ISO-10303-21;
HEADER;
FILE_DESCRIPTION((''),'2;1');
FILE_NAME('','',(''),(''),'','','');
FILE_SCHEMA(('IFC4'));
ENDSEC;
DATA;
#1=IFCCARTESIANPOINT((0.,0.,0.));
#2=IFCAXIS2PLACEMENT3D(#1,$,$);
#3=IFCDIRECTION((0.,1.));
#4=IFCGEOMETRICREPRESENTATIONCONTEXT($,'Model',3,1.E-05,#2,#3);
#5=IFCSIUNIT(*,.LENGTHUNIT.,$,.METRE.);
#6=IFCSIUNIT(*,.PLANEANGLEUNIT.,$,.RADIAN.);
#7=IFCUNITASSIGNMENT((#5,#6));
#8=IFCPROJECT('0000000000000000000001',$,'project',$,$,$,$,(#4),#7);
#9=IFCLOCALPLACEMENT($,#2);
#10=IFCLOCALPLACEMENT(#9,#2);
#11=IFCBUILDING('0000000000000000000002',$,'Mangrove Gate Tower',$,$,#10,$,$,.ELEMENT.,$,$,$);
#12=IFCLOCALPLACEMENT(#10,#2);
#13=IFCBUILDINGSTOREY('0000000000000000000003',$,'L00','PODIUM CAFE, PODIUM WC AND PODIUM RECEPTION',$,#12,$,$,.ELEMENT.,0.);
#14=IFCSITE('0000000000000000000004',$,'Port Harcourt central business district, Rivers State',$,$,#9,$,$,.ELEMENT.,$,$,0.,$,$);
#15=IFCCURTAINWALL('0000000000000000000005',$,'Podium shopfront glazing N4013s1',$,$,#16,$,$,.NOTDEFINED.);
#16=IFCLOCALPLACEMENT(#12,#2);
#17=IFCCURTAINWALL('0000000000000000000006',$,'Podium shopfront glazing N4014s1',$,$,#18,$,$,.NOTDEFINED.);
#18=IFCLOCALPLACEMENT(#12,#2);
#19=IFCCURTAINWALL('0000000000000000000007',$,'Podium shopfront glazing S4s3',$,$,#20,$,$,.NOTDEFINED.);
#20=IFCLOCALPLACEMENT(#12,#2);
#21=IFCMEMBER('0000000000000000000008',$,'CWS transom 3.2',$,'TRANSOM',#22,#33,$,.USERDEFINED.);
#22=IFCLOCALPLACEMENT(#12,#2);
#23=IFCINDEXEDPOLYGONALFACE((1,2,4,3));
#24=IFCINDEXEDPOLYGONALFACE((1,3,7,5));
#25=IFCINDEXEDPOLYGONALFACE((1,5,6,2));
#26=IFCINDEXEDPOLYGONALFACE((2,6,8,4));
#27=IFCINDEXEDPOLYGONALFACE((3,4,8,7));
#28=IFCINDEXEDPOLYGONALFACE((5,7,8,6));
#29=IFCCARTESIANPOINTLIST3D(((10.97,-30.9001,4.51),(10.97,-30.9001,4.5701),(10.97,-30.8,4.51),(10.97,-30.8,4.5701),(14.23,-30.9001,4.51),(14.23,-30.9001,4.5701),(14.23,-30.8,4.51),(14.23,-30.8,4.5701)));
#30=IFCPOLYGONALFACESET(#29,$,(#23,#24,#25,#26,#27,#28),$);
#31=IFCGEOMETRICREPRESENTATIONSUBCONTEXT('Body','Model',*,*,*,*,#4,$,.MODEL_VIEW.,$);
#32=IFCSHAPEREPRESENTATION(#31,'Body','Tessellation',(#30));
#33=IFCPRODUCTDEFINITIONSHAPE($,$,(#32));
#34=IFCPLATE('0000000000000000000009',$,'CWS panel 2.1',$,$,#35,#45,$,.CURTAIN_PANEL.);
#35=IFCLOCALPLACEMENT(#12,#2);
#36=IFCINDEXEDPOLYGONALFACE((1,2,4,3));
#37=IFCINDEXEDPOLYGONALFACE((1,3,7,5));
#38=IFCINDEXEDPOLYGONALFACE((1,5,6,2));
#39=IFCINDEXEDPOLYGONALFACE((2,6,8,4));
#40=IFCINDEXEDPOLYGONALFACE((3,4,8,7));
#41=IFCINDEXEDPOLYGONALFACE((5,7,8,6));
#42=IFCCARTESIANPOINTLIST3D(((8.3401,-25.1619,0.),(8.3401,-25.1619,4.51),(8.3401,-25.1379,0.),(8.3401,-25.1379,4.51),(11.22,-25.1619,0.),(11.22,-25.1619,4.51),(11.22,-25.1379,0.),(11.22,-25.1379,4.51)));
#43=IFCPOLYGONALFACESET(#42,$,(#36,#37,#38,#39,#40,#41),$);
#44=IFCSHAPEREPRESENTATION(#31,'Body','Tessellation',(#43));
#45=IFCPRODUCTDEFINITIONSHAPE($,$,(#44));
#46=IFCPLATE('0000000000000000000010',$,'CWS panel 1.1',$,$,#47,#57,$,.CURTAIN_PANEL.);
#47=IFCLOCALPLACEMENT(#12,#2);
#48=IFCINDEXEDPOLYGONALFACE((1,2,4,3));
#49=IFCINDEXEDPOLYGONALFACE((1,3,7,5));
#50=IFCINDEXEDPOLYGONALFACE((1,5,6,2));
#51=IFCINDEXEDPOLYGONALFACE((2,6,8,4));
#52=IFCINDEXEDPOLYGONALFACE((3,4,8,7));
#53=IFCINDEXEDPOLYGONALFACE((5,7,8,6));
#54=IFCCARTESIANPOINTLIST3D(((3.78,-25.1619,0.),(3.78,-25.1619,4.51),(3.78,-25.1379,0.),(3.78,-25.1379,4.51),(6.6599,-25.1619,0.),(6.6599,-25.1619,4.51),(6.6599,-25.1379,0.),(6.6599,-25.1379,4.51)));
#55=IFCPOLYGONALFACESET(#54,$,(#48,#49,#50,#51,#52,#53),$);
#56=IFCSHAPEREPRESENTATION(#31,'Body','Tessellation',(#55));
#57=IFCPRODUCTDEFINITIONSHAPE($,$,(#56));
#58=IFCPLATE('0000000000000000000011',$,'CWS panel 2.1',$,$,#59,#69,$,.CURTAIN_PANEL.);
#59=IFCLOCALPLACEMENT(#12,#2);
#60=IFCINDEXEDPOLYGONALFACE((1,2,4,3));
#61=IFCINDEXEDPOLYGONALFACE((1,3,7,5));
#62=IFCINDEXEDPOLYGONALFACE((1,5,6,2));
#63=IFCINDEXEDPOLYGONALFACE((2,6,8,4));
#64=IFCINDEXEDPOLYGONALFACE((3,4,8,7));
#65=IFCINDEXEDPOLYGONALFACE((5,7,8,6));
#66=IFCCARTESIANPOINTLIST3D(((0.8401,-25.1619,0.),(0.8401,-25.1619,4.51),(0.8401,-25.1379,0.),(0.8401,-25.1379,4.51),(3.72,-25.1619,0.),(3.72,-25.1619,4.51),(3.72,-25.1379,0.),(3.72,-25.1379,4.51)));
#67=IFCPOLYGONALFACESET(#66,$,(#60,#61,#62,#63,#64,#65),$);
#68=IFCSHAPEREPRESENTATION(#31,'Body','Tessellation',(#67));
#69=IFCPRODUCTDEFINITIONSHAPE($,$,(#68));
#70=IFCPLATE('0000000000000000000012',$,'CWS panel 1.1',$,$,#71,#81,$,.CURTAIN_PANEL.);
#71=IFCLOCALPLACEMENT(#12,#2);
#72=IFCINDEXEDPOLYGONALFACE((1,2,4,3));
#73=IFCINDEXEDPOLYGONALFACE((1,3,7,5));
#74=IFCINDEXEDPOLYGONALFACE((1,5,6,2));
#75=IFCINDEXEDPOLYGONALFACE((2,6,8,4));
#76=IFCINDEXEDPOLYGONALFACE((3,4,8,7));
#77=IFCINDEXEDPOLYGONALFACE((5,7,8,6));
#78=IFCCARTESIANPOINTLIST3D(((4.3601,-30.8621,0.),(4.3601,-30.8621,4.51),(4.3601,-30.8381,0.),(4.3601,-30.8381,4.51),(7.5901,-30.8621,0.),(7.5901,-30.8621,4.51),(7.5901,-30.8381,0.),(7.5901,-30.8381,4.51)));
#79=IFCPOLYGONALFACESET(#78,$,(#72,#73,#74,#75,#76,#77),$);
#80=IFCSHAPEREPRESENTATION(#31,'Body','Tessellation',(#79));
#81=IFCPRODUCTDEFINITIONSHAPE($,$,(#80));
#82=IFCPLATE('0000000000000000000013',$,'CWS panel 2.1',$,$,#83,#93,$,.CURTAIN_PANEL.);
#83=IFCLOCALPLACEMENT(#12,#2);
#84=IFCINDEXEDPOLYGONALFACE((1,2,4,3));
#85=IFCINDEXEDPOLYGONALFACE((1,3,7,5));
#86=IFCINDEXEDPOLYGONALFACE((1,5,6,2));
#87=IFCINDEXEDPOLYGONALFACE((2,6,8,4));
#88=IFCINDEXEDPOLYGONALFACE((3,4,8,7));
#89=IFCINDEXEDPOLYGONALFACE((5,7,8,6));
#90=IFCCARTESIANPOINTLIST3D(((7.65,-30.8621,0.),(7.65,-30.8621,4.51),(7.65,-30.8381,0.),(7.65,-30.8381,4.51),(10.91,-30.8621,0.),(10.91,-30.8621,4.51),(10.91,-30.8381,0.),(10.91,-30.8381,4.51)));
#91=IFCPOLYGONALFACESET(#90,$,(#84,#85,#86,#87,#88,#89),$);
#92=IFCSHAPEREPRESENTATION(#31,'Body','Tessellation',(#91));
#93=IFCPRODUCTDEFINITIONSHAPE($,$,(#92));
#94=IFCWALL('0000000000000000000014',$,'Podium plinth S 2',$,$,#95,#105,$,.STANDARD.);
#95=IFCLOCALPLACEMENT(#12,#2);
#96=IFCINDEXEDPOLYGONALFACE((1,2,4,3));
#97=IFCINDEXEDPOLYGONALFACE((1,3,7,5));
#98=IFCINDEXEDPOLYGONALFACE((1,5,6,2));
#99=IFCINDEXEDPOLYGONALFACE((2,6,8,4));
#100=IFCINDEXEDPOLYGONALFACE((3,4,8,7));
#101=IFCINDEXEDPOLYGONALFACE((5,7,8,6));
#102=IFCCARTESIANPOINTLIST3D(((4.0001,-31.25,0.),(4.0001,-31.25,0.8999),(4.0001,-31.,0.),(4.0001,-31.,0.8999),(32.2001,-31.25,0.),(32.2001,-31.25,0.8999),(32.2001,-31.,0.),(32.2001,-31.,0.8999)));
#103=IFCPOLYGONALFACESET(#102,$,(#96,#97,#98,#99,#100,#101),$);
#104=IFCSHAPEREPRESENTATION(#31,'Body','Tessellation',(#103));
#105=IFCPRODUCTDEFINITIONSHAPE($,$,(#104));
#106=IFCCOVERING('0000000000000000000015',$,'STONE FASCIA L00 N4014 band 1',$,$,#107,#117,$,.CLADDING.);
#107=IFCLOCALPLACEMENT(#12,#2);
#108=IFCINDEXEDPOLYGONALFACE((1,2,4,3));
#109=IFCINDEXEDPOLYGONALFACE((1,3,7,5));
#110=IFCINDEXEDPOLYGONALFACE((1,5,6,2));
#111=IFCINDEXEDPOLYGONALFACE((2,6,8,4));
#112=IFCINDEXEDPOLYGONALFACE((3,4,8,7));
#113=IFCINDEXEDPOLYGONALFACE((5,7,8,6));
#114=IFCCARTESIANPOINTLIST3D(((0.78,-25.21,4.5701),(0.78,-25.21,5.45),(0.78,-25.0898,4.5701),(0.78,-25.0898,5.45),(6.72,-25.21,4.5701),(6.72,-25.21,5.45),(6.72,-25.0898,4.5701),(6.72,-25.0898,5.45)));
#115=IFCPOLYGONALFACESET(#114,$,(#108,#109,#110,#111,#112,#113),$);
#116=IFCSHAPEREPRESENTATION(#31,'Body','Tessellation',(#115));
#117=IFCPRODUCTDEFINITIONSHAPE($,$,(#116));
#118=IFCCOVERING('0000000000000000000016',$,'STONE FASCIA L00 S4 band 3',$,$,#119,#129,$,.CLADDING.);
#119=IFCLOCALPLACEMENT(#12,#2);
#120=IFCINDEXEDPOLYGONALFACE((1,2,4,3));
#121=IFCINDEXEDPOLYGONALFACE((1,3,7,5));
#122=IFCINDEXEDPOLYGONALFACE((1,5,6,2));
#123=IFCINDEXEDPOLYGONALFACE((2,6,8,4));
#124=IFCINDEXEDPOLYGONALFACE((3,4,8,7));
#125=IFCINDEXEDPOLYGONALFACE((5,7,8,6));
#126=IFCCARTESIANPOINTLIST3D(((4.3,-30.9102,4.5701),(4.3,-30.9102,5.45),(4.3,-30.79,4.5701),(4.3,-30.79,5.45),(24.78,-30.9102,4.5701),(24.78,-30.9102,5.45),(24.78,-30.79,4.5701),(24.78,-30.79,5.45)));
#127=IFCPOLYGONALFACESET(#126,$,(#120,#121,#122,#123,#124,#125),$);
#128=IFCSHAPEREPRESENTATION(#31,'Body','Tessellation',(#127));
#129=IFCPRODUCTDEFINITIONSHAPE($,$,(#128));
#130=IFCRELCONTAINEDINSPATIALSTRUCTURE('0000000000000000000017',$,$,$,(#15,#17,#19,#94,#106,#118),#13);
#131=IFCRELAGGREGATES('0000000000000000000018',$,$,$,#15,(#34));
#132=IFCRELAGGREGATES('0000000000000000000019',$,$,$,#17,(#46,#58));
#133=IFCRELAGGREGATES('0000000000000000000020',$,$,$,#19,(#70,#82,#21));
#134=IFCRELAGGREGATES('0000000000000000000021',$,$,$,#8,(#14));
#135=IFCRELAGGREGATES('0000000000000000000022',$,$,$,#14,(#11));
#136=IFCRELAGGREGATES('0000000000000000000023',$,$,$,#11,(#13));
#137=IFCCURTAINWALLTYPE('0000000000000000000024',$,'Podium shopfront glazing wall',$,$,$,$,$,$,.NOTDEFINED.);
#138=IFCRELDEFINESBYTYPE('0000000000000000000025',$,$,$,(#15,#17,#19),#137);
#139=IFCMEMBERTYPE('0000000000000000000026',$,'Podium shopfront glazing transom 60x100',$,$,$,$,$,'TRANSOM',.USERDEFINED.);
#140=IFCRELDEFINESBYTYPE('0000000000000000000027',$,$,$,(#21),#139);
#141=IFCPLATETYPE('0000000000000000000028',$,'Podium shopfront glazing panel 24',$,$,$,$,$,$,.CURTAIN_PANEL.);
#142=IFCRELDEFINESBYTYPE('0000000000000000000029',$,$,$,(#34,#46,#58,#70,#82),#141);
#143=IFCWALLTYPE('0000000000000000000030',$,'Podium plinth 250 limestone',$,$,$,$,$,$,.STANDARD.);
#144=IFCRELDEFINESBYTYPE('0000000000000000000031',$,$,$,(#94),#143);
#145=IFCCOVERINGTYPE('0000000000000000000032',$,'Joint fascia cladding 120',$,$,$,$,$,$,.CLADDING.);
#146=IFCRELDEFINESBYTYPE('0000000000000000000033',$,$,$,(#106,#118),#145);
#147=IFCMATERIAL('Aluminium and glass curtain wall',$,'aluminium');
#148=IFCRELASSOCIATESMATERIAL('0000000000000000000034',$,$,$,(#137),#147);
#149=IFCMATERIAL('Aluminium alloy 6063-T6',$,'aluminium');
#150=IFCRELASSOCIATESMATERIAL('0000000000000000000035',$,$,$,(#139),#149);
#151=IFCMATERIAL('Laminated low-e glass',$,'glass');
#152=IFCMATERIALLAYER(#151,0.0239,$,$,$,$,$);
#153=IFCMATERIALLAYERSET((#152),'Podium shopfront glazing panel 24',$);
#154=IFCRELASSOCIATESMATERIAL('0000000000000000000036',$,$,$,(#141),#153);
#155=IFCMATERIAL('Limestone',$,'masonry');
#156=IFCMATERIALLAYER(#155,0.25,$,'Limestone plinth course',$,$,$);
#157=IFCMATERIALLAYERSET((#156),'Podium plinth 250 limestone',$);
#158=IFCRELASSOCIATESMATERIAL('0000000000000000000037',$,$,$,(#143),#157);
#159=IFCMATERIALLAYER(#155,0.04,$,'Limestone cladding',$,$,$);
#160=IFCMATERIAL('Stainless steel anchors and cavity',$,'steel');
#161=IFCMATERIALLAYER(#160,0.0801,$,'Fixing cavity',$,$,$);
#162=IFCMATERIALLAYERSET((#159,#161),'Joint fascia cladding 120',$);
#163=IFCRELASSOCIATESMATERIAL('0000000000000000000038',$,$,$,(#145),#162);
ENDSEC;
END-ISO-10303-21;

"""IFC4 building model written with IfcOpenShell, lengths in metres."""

from ifc_helpers import new_model, si_unit, direction, frame, frame_2d, origin, origin_2d, place, context, subcontext, project, spatial, rectangle, extrude, material, layer, layer_set, material_profile, profile_set, type_object, element, aggregate, save


model = new_model("IFC4")

# Units and contexts
model_context = context("Model", 3, precision=1e-05, world=origin(), true_north=direction((0.0, 1.0)))
body_context = subcontext(model_context, "Body", "Model", "MODEL_VIEW")
ifc_project = project(units=[si_unit("LENGTHUNIT", "METRE"), si_unit("PLANEANGLEUNIT", "RADIAN")], contexts=[model_context])

# Site, building, storey
site_placement = place(None, origin())
site = spatial("IfcSite", under=ifc_project, at=site_placement, Name="Port Harcourt central business district, Rivers State", CompositionType="ELEMENT", RefElevation=0.0)
building_placement = place(site_placement, origin())
building = spatial("IfcBuilding", under=site, at=building_placement, Name="Mangrove Gate Tower", CompositionType="ELEMENT")
storey_placement = place(building_placement, origin())
storey = spatial("IfcBuildingStorey", under=building, at=storey_placement, Name="L00", Description="PODIUM CAFE, PODIUM WC AND PODIUM RECEPTION", CompositionType="ELEMENT", Elevation=0.0)

# Curtain wall
ifc_material_1 = material(Name="Aluminium and glass curtain wall", Category="aluminium")
curtain_wall_type = type_object("IfcCurtainWallType", Name="Podium shopfront glazing wall", PredefinedType="NOTDEFINED", material=ifc_material_1)
curtain_wall_1_placement = place(storey_placement, origin())
curtain_wall_1 = element("IfcCurtainWall", 1, at=curtain_wall_1_placement, inside=storey, type_object=curtain_wall_type, Name="Podium shopfront glazing N4013s1", PredefinedType="NOTDEFINED")

# Curtain walls
curtain_wall_2_placement = place(storey_placement, origin())
curtain_wall_2 = element("IfcCurtainWall", 2, at=curtain_wall_2_placement, inside=storey, type_object=curtain_wall_type, Name="Podium shopfront glazing N4014s1", PredefinedType="NOTDEFINED")
curtain_wall_3_placement = place(storey_placement, origin())
curtain_wall_3 = element("IfcCurtainWall", 3, at=curtain_wall_3_placement, inside=storey, type_object=curtain_wall_type, Name="Podium shopfront glazing S4s3", PredefinedType="NOTDEFINED")

# Member
ifc_material_2 = material(Name="Aluminium alloy 6063-T6", Category="aluminium")
ifc_material_profile_1 = material_profile(ifc_material_2, rectangle(XDim=0.0601, YDim=0.1001, at=origin_2d()))
ifc_profile_set_1 = profile_set([ifc_material_profile_1], Name="Aluminium alloy 6063-T6")
member_type_1 = type_object("IfcMemberType", Name="Podium shopfront glazing transom 60x100", ElementType="TRANSOM", PredefinedType="USERDEFINED", material=ifc_profile_set_1)
member_1_placement = place(storey_placement, frame((10.97, -30.8501, 4.54), z_axis=(1.0, 0.0, 0.0), x_axis=(0.0, 0.0, 1.0)))
member_1 = element("IfcMember", 4, at=member_1_placement, type_object=member_type_1, Name="CWS transom 3.2", ObjectType="TRANSOM", PredefinedType="USERDEFINED", context=body_context, shape_type="SweptSolid", body=[
    extrude(rectangle(XDim=0.0601, YDim=0.1001, at=origin_2d()), origin(), (0.0, 0.0, 1.0), 3.26),
])

# Plates
ifc_material_3 = material(Name="Laminated low-e glass", Category="glass")
ifc_layer_1 = layer(ifc_material_3, 0.0239)
ifc_layer_set_1 = layer_set([ifc_layer_1], Name="Podium shopfront glazing panel 24")
plate_type = type_object("IfcPlateType", Name="Podium shopfront glazing panel 24", PredefinedType="CURTAIN_PANEL", material=ifc_layer_set_1)
plate_1_placement = place(storey_placement, frame((9.78, -25.1499, 0.0), z_axis=(0.0, 0.0, 1.0), x_axis=(-1.0, 0.0, 0.0)))
plate_1 = element("IfcPlate", 5, at=plate_1_placement, type_object=plate_type, Name="CWS panel 2.1", PredefinedType="CURTAIN_PANEL", context=body_context, shape_type="SweptSolid", body=[
    extrude(rectangle(XDim=2.8799, YDim=0.0239, at=origin_2d()), origin(), (0.0, 0.0, 1.0), 4.51),
])
aggregate(curtain_wall_1, [plate_1])
plate_2_placement = place(storey_placement, frame((5.22, -25.1499, 0.0), z_axis=(0.0, 0.0, 1.0), x_axis=(-1.0, 0.0, 0.0)))
plate_2 = element("IfcPlate", 6, at=plate_2_placement, type_object=plate_type, Name="CWS panel 1.1", PredefinedType="CURTAIN_PANEL", context=body_context, shape_type="SweptSolid", body=[
    extrude(rectangle(XDim=2.8799, YDim=0.0239, at=origin_2d()), origin(), (0.0, 0.0, 1.0), 4.51),
])
plate_3_placement = place(storey_placement, frame((2.28, -25.1499, 0.0), z_axis=(0.0, 0.0, 1.0), x_axis=(-1.0, 0.0, 0.0)))
plate_3 = element("IfcPlate", 7, at=plate_3_placement, type_object=plate_type, Name="CWS panel 2.1", PredefinedType="CURTAIN_PANEL", context=body_context, shape_type="SweptSolid", body=[
    extrude(rectangle(XDim=2.8799, YDim=0.0239, at=origin_2d()), origin(), (0.0, 0.0, 1.0), 4.51),
])
aggregate(curtain_wall_2, [plate_2, plate_3])
plate_4_placement = place(storey_placement, frame((5.9751, -30.8501, 0.0), z_axis=(0.0, 0.0, 1.0), x_axis=(1.0, 0.0, 0.0)))
plate_4 = element("IfcPlate", 8, at=plate_4_placement, type_object=plate_type, Name="CWS panel 1.1", PredefinedType="CURTAIN_PANEL", context=body_context, shape_type="SweptSolid", body=[
    extrude(rectangle(XDim=3.23, YDim=0.0239, at=origin_2d()), origin(), (0.0, 0.0, 1.0), 4.51),
])
plate_5_placement = place(storey_placement, frame((9.28, -30.8501, 0.0), z_axis=(0.0, 0.0, 1.0), x_axis=(1.0, 0.0, 0.0)))
plate_5 = element("IfcPlate", 9, at=plate_5_placement, type_object=plate_type, Name="CWS panel 2.1", PredefinedType="CURTAIN_PANEL", context=body_context, shape_type="SweptSolid", body=[
    extrude(rectangle(XDim=3.26, YDim=0.0239, at=origin_2d()), origin(), (0.0, 0.0, 1.0), 4.51),
])
aggregate(curtain_wall_3, [plate_4, plate_5, member_1])

# Wall
ifc_material_4 = material(Name="Limestone", Category="masonry")
ifc_layer_2 = layer(ifc_material_4, 0.25, Name="Limestone plinth course")
ifc_layer_set_2 = layer_set([ifc_layer_2], Name="Podium plinth 250 limestone")
wall_type = type_object("IfcWallType", Name="Podium plinth 250 limestone", PredefinedType="STANDARD", material=ifc_layer_set_2)
wall_placement = place(storey_placement, frame((4.0, -31.125, 0.0), z_axis=(0.0, 0.0, 1.0), x_axis=(1.0, 0.0, 0.0)))
element("IfcWall", 10, at=wall_placement, inside=storey, type_object=wall_type, Name="Podium plinth S 2", PredefinedType="STANDARD", context=body_context, shape_type="SweptSolid", body=[
    extrude(rectangle(XDim=28.2, YDim=0.25, at=frame_2d((14.1001, 0.0))), origin(), (0.0, 0.0, 1.0), 0.8999),
])

# Coverings
ifc_layer_3 = layer(ifc_material_4, 0.04, Name="Limestone cladding")
ifc_material_5 = material(Name="Stainless steel anchors and cavity", Category="steel")
ifc_layer_4 = layer(ifc_material_5, 0.0801, Name="Fixing cavity")
ifc_layer_set_3 = layer_set([ifc_layer_3, ifc_layer_4], Name="Joint fascia cladding 120")
covering_type = type_object("IfcCoveringType", Name="Joint fascia cladding 120", PredefinedType="CLADDING", material=ifc_layer_set_3)
covering_1_placement = place(storey_placement, frame((6.72, -25.1499, 4.5701), z_axis=(0.0, 0.0, 1.0), x_axis=(-1.0, 0.0, 0.0)))
element("IfcCovering", 11, at=covering_1_placement, inside=storey, type_object=covering_type, Name="STONE FASCIA L00 N4014 band 1", PredefinedType="CLADDING", context=body_context, shape_type="SweptSolid", body=[
    extrude(rectangle(XDim=5.9399, YDim=0.1201, at=frame_2d((2.97, 0.0))), origin(), (0.0, 0.0, 1.0), 0.8799),
])
covering_2_placement = place(storey_placement, frame((4.3, -30.8501, 4.5701), z_axis=(0.0, 0.0, 1.0), x_axis=(1.0, 0.0, 0.0)))
element("IfcCovering", 12, at=covering_2_placement, inside=storey, type_object=covering_type, Name="STONE FASCIA L00 S4 band 3", PredefinedType="CLADDING", context=body_context, shape_type="SweptSolid", body=[
    extrude(rectangle(XDim=20.48, YDim=0.1201, at=frame_2d((10.24, 0.0))), origin(), (0.0, 0.0, 1.0), 0.8799),
])

save(model, "model.ifc")
